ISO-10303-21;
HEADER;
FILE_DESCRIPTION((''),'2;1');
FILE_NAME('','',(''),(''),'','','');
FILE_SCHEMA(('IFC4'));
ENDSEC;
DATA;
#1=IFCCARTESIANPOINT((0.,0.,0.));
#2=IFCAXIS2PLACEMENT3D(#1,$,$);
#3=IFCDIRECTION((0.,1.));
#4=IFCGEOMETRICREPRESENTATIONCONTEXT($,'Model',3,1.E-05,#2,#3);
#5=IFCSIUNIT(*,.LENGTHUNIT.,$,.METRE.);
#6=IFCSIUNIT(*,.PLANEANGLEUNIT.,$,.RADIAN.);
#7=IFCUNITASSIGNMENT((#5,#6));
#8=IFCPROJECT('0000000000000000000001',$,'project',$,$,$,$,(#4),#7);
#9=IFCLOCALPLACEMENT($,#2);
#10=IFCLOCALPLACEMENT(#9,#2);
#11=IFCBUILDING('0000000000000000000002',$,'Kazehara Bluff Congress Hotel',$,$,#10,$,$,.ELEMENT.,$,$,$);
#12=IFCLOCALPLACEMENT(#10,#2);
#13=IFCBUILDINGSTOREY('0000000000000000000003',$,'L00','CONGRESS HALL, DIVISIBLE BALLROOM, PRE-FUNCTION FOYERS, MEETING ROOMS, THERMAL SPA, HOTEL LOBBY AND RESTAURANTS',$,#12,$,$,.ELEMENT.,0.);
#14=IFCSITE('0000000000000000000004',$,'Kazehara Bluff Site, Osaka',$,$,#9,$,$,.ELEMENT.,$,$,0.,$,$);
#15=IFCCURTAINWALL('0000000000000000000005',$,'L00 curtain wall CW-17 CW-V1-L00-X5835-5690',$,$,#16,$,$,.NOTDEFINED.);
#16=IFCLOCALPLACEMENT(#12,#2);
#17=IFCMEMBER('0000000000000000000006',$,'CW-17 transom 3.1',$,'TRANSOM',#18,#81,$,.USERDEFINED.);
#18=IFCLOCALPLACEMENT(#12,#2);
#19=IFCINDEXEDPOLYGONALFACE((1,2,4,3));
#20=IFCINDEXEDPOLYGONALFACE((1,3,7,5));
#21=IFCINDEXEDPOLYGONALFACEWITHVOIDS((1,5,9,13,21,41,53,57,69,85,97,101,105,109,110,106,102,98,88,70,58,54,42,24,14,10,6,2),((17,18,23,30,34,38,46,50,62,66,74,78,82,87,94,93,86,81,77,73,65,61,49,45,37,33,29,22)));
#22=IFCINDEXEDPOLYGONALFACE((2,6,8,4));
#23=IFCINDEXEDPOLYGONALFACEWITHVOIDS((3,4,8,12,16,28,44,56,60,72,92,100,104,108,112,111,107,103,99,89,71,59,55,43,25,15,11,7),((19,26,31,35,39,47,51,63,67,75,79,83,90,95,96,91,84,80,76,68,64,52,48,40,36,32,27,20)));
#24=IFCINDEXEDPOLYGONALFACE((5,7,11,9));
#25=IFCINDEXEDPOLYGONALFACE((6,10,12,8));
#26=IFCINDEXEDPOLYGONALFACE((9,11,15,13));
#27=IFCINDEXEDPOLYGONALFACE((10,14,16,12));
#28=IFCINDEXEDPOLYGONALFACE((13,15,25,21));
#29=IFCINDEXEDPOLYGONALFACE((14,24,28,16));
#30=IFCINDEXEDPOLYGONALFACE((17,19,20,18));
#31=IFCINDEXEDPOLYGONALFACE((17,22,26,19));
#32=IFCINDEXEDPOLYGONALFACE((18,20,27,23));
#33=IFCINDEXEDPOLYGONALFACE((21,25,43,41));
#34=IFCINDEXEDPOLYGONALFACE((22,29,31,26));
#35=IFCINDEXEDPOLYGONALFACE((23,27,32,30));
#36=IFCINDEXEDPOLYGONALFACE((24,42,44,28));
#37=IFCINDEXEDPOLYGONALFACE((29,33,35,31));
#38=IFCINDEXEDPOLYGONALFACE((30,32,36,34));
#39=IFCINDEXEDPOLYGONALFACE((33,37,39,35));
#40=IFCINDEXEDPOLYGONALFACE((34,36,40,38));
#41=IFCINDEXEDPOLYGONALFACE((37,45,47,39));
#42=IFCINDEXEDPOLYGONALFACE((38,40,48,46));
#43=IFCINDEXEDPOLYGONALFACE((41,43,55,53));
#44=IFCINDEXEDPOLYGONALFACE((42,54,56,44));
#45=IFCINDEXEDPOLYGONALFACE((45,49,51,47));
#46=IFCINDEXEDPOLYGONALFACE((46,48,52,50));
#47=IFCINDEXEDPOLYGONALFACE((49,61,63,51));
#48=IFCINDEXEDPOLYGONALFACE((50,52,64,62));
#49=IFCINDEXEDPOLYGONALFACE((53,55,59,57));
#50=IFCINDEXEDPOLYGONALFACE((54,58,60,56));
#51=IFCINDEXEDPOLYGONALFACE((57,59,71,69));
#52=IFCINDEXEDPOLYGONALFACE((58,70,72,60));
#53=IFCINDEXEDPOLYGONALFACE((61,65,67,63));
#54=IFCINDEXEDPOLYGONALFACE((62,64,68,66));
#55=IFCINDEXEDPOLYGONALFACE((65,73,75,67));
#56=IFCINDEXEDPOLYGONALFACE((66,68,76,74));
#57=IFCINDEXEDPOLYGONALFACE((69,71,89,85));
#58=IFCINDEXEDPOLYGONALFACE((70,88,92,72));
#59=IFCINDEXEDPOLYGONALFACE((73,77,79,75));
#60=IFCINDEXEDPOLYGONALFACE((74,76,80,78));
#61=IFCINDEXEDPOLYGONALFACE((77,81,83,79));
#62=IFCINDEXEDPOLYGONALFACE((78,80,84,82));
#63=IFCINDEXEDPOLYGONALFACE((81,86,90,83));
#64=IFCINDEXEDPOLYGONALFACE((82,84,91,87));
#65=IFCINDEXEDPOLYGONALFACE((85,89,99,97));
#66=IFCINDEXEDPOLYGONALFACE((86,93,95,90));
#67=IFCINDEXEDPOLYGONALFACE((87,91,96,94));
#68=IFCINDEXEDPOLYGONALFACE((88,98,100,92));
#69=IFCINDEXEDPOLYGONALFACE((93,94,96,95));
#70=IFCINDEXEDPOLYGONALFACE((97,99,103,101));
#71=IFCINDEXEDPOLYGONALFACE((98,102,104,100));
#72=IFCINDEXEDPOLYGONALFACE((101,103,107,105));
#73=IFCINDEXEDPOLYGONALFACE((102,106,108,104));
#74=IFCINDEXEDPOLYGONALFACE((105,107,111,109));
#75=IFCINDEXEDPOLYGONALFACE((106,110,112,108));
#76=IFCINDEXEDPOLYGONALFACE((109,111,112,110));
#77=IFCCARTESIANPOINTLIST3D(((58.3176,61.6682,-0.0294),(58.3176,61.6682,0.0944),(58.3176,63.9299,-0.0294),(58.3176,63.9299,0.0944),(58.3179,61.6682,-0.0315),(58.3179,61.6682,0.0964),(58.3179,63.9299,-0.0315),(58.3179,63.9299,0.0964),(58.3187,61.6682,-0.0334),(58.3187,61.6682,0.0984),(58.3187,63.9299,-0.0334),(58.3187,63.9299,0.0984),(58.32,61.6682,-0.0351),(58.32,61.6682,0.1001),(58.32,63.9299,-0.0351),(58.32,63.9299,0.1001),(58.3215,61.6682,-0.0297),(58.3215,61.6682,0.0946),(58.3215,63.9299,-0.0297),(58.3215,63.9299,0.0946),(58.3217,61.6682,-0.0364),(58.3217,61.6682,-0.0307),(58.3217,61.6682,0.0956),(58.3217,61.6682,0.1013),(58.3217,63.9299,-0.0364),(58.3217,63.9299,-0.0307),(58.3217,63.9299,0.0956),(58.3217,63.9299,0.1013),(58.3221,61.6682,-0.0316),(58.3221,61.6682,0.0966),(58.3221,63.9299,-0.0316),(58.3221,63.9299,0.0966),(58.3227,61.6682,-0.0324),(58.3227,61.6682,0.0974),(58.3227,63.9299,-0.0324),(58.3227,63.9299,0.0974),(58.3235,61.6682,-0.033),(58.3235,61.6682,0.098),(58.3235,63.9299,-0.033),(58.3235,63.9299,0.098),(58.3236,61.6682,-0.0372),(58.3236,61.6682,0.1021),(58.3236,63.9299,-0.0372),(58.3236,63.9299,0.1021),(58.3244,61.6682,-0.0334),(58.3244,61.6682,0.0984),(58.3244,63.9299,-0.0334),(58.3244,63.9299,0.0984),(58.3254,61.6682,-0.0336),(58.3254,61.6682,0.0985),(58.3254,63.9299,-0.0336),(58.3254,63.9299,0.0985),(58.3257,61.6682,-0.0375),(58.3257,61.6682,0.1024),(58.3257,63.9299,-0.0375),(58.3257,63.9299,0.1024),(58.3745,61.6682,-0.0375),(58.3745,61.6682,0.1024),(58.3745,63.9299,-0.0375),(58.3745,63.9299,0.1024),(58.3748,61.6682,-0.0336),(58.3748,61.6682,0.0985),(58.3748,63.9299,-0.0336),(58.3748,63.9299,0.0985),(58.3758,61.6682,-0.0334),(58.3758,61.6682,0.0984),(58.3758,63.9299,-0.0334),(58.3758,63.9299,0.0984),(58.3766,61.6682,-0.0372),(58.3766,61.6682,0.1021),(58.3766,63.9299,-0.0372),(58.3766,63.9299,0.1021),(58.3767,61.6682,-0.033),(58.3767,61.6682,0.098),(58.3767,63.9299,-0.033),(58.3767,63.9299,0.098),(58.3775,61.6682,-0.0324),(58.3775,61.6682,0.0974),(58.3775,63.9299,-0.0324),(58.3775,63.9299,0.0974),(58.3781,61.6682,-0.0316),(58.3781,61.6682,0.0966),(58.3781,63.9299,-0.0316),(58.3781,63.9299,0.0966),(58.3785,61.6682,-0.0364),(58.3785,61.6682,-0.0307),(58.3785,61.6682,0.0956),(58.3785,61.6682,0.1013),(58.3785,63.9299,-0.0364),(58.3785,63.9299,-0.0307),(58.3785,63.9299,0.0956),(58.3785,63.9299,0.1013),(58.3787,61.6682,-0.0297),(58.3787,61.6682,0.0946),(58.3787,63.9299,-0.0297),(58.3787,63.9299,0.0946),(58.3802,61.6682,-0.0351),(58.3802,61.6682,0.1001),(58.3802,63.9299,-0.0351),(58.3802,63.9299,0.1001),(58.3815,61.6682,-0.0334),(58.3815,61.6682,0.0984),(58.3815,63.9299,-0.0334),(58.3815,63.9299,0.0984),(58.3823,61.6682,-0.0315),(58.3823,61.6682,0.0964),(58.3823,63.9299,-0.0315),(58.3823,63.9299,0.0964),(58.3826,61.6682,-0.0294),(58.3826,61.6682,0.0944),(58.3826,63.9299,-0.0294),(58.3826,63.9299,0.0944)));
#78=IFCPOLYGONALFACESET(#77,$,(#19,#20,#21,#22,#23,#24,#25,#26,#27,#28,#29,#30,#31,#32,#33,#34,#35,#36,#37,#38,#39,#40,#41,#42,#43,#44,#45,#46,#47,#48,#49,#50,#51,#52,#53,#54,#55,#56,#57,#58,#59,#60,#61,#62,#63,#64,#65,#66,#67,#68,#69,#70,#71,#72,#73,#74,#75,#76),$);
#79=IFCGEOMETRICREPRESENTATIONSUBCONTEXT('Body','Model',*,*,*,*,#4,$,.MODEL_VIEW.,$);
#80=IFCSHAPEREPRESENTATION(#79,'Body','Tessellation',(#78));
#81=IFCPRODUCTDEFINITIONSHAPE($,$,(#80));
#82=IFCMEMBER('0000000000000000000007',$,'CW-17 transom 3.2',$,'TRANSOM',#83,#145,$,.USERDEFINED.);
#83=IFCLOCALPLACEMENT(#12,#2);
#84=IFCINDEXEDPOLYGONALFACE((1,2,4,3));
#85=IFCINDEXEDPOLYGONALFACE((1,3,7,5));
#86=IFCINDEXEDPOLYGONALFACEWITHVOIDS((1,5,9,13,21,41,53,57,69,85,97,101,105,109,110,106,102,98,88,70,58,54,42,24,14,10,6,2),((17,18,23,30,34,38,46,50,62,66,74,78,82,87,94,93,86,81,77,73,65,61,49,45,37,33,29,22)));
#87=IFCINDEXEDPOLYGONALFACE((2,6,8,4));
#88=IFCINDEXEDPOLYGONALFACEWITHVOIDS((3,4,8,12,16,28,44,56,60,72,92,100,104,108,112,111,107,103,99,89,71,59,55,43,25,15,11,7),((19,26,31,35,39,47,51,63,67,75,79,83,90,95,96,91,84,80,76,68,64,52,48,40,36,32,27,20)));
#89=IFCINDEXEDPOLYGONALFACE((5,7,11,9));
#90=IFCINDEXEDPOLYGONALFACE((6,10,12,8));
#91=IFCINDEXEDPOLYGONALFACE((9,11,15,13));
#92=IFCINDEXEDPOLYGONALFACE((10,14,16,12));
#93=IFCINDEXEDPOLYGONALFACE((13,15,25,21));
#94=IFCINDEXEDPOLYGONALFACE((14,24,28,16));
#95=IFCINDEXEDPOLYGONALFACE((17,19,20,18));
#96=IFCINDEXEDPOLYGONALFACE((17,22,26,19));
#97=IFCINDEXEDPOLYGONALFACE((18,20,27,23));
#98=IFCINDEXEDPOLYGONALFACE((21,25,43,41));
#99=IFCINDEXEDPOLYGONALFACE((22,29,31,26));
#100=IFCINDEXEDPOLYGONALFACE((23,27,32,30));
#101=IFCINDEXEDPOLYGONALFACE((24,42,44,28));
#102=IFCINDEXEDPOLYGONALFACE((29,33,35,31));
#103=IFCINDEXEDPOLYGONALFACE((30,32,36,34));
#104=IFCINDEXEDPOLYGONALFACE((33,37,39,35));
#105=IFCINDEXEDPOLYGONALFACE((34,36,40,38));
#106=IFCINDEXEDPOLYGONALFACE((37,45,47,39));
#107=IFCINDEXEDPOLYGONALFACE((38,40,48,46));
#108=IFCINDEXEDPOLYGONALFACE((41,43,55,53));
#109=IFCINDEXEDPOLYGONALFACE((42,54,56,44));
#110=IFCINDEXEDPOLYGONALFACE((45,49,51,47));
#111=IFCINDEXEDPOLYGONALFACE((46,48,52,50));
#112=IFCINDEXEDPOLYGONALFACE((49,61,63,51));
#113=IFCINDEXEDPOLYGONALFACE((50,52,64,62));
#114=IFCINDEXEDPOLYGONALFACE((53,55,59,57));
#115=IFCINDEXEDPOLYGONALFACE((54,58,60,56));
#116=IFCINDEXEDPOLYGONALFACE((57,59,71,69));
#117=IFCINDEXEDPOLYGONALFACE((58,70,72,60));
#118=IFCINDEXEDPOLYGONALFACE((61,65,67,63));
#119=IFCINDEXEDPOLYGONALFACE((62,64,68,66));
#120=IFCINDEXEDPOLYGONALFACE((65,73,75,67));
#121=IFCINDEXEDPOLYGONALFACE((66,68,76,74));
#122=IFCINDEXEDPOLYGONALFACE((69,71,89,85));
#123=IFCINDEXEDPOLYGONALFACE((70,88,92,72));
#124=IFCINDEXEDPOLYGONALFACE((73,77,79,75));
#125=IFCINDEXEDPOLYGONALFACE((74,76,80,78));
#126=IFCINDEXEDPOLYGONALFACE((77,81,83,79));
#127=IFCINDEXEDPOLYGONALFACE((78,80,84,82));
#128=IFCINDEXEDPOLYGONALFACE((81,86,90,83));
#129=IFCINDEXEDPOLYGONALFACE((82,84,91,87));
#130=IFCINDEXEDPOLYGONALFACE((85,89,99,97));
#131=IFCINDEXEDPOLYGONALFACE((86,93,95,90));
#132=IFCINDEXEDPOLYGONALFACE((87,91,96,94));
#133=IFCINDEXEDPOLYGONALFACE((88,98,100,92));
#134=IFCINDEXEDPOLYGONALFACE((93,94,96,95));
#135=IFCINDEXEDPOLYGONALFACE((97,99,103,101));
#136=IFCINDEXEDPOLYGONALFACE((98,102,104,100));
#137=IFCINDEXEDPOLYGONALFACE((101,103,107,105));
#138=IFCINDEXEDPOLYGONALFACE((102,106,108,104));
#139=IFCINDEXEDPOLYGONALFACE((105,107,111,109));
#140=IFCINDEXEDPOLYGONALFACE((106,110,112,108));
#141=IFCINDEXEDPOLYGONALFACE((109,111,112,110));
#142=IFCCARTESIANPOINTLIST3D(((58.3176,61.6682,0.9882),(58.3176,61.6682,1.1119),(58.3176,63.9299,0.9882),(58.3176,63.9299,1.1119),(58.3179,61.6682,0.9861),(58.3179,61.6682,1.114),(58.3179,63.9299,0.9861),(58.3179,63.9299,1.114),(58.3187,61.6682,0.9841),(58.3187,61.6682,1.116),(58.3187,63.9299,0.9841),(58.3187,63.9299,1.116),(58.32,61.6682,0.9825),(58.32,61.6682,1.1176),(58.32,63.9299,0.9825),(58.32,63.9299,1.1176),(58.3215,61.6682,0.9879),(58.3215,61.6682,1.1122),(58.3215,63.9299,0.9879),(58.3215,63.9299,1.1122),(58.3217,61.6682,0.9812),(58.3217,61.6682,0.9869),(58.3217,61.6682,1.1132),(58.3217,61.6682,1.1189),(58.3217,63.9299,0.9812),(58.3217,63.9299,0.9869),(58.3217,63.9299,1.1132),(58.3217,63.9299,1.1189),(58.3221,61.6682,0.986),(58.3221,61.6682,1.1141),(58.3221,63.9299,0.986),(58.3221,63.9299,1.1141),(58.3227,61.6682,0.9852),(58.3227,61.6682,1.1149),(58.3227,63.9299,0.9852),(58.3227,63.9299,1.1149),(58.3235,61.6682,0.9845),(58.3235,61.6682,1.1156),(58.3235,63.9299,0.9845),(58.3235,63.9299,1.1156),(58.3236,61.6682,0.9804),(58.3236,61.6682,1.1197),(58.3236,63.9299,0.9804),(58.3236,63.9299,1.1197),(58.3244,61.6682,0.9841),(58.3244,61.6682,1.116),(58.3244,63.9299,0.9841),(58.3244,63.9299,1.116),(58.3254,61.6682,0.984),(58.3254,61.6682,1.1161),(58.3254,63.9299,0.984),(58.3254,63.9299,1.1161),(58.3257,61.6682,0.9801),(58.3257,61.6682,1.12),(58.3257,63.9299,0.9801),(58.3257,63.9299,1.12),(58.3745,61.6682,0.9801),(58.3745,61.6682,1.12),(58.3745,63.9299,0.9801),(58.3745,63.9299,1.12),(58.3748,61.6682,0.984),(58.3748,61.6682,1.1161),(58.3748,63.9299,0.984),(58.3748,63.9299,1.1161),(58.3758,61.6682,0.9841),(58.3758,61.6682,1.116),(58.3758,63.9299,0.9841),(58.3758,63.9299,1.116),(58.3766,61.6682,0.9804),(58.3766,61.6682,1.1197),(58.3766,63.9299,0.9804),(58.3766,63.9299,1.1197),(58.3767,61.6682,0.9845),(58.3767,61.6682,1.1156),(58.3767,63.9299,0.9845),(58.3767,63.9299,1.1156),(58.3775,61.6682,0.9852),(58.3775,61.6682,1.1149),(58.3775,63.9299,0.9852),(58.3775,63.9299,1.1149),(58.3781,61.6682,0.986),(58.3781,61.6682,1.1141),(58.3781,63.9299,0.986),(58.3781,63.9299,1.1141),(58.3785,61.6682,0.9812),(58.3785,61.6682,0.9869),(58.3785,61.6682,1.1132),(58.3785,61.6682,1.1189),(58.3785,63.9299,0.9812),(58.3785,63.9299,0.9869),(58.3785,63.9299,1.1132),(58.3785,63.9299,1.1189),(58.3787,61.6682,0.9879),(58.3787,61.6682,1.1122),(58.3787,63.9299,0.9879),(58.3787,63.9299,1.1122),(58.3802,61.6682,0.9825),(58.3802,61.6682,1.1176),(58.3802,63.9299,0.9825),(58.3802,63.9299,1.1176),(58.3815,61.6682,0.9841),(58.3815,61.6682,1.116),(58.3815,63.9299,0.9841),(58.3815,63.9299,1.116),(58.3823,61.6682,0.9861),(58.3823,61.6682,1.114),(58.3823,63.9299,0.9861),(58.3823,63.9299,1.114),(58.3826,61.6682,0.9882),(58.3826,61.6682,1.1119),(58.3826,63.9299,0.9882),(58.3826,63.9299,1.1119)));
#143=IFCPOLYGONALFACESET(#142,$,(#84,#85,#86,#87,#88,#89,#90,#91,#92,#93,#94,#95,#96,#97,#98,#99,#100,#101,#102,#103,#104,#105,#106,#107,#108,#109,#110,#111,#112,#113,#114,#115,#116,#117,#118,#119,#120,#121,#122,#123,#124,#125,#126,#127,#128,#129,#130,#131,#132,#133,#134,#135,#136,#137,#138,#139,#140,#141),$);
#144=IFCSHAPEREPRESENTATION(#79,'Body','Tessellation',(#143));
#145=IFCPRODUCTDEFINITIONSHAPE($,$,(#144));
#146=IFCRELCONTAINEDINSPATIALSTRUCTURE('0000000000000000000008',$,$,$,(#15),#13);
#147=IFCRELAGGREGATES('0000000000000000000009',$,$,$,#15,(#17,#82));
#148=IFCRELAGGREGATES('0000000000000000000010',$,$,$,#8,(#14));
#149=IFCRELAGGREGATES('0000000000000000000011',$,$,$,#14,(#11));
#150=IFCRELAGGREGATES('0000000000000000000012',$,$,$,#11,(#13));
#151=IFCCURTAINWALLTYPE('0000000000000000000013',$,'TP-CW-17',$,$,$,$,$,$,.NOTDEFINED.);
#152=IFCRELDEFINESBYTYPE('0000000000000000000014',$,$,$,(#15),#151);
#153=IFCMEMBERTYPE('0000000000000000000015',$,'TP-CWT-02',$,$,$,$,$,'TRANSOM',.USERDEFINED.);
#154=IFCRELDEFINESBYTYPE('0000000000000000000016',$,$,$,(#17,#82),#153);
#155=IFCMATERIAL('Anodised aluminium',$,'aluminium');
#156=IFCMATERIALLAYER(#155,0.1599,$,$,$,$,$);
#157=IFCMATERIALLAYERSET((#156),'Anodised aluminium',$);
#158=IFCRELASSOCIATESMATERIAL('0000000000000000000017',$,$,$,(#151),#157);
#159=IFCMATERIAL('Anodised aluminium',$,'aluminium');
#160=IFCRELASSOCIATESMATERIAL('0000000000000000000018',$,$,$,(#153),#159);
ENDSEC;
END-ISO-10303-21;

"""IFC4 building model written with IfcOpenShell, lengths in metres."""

from ifc_helpers import new_model, si_unit, direction, frame, origin, origin_2d, place, context, subcontext, project, spatial, hollow_rectangle, extrude, material, layer, layer_set, material_profile, profile_set, type_object, element, aggregate, save


model = new_model("IFC4")

# Units and contexts
model_context = context("Model", 3, precision=1e-05, world=origin(), true_north=direction((0.0, 1.0)))
body_context = subcontext(model_context, "Body", "Model", "MODEL_VIEW")
ifc_project = project(units=[si_unit("LENGTHUNIT", "METRE"), si_unit("PLANEANGLEUNIT", "RADIAN")], contexts=[model_context])

# Site, building, storey
site_placement = place(None, origin())
site = spatial("IfcSite", under=ifc_project, at=site_placement, Name="Kazehara Bluff Site, Osaka", CompositionType="ELEMENT", RefElevation=0.0)
building_placement = place(site_placement, origin())
building = spatial("IfcBuilding", under=site, at=building_placement, Name="Kazehara Bluff Congress Hotel", CompositionType="ELEMENT")
storey_placement = place(building_placement, origin())
storey = spatial("IfcBuildingStorey", under=building, at=storey_placement, Name="L00", Description="CONGRESS HALL, DIVISIBLE BALLROOM, PRE-FUNCTION FOYERS, MEETING ROOMS, THERMAL SPA, HOTEL LOBBY AND RESTAURANTS", CompositionType="ELEMENT", Elevation=0.0)

# Curtain wall
ifc_material_1 = material(Name="Anodised aluminium", Category="aluminium")
ifc_layer_1 = layer(ifc_material_1, 0.1599)
ifc_layer_set_1 = layer_set([ifc_layer_1], Name="Anodised aluminium")
curtain_wall_type = type_object("IfcCurtainWallType", Name="TP-CW-17", PredefinedType="NOTDEFINED", material=ifc_layer_set_1)
curtain_wall_1_placement = place(storey_placement, origin())
curtain_wall_1 = element("IfcCurtainWall", 1, at=curtain_wall_1_placement, inside=storey, type_object=curtain_wall_type, Name="L00 curtain wall CW-17 CW-V1-L00-X5835-5690", PredefinedType="NOTDEFINED")

# Members
ifc_material_2 = material(Name="Anodised aluminium", Category="aluminium")
ifc_material_profile_1 = material_profile(ifc_material_2, hollow_rectangle(XDim=0.0649, YDim=0.1399, WallThickness=0.0039, InnerFilletRadius=0.0039, OuterFilletRadius=0.0081, at=origin_2d()))
ifc_profile_set_1 = profile_set([ifc_material_profile_1], Name="Anodised aluminium")
member_type_1 = type_object("IfcMemberType", Name="TP-CWT-02", ElementType="TRANSOM", PredefinedType="USERDEFINED", material=ifc_profile_set_1)
member_1_placement = place(storey_placement, frame((58.3501, 61.6682, 0.0325), z_axis=(0.0, 1.0, 0.0), x_axis=(-1.0, 0.0, 0.0)))
member_1 = element("IfcMember", 2, at=member_1_placement, type_object=member_type_1, Name="CW-17 transom 3.1", ObjectType="TRANSOM", PredefinedType="USERDEFINED", context=body_context, shape_type="SweptSolid", body=[
    extrude(hollow_rectangle(XDim=0.0649, YDim=0.1399, WallThickness=0.0039, InnerFilletRadius=0.0039, OuterFilletRadius=0.0081, at=origin_2d()), origin(), (0.0, 0.0, 1.0), 2.2617),
])
member_2_placement = place(storey_placement, frame((58.3501, 61.6682, 1.05), z_axis=(0.0, 1.0, 0.0), x_axis=(-1.0, 0.0, 0.0)))
member_2 = element("IfcMember", 3, at=member_2_placement, type_object=member_type_1, Name="CW-17 transom 3.2", ObjectType="TRANSOM", PredefinedType="USERDEFINED", context=body_context, shape_type="SweptSolid", body=[
    extrude(hollow_rectangle(XDim=0.0649, YDim=0.1399, WallThickness=0.0039, InnerFilletRadius=0.0039, OuterFilletRadius=0.0081, at=origin_2d()), origin(), (0.0, 0.0, 1.0), 2.2617),
])

aggregate(curtain_wall_1, [member_1, member_2])

save(model, "model.ifc")
